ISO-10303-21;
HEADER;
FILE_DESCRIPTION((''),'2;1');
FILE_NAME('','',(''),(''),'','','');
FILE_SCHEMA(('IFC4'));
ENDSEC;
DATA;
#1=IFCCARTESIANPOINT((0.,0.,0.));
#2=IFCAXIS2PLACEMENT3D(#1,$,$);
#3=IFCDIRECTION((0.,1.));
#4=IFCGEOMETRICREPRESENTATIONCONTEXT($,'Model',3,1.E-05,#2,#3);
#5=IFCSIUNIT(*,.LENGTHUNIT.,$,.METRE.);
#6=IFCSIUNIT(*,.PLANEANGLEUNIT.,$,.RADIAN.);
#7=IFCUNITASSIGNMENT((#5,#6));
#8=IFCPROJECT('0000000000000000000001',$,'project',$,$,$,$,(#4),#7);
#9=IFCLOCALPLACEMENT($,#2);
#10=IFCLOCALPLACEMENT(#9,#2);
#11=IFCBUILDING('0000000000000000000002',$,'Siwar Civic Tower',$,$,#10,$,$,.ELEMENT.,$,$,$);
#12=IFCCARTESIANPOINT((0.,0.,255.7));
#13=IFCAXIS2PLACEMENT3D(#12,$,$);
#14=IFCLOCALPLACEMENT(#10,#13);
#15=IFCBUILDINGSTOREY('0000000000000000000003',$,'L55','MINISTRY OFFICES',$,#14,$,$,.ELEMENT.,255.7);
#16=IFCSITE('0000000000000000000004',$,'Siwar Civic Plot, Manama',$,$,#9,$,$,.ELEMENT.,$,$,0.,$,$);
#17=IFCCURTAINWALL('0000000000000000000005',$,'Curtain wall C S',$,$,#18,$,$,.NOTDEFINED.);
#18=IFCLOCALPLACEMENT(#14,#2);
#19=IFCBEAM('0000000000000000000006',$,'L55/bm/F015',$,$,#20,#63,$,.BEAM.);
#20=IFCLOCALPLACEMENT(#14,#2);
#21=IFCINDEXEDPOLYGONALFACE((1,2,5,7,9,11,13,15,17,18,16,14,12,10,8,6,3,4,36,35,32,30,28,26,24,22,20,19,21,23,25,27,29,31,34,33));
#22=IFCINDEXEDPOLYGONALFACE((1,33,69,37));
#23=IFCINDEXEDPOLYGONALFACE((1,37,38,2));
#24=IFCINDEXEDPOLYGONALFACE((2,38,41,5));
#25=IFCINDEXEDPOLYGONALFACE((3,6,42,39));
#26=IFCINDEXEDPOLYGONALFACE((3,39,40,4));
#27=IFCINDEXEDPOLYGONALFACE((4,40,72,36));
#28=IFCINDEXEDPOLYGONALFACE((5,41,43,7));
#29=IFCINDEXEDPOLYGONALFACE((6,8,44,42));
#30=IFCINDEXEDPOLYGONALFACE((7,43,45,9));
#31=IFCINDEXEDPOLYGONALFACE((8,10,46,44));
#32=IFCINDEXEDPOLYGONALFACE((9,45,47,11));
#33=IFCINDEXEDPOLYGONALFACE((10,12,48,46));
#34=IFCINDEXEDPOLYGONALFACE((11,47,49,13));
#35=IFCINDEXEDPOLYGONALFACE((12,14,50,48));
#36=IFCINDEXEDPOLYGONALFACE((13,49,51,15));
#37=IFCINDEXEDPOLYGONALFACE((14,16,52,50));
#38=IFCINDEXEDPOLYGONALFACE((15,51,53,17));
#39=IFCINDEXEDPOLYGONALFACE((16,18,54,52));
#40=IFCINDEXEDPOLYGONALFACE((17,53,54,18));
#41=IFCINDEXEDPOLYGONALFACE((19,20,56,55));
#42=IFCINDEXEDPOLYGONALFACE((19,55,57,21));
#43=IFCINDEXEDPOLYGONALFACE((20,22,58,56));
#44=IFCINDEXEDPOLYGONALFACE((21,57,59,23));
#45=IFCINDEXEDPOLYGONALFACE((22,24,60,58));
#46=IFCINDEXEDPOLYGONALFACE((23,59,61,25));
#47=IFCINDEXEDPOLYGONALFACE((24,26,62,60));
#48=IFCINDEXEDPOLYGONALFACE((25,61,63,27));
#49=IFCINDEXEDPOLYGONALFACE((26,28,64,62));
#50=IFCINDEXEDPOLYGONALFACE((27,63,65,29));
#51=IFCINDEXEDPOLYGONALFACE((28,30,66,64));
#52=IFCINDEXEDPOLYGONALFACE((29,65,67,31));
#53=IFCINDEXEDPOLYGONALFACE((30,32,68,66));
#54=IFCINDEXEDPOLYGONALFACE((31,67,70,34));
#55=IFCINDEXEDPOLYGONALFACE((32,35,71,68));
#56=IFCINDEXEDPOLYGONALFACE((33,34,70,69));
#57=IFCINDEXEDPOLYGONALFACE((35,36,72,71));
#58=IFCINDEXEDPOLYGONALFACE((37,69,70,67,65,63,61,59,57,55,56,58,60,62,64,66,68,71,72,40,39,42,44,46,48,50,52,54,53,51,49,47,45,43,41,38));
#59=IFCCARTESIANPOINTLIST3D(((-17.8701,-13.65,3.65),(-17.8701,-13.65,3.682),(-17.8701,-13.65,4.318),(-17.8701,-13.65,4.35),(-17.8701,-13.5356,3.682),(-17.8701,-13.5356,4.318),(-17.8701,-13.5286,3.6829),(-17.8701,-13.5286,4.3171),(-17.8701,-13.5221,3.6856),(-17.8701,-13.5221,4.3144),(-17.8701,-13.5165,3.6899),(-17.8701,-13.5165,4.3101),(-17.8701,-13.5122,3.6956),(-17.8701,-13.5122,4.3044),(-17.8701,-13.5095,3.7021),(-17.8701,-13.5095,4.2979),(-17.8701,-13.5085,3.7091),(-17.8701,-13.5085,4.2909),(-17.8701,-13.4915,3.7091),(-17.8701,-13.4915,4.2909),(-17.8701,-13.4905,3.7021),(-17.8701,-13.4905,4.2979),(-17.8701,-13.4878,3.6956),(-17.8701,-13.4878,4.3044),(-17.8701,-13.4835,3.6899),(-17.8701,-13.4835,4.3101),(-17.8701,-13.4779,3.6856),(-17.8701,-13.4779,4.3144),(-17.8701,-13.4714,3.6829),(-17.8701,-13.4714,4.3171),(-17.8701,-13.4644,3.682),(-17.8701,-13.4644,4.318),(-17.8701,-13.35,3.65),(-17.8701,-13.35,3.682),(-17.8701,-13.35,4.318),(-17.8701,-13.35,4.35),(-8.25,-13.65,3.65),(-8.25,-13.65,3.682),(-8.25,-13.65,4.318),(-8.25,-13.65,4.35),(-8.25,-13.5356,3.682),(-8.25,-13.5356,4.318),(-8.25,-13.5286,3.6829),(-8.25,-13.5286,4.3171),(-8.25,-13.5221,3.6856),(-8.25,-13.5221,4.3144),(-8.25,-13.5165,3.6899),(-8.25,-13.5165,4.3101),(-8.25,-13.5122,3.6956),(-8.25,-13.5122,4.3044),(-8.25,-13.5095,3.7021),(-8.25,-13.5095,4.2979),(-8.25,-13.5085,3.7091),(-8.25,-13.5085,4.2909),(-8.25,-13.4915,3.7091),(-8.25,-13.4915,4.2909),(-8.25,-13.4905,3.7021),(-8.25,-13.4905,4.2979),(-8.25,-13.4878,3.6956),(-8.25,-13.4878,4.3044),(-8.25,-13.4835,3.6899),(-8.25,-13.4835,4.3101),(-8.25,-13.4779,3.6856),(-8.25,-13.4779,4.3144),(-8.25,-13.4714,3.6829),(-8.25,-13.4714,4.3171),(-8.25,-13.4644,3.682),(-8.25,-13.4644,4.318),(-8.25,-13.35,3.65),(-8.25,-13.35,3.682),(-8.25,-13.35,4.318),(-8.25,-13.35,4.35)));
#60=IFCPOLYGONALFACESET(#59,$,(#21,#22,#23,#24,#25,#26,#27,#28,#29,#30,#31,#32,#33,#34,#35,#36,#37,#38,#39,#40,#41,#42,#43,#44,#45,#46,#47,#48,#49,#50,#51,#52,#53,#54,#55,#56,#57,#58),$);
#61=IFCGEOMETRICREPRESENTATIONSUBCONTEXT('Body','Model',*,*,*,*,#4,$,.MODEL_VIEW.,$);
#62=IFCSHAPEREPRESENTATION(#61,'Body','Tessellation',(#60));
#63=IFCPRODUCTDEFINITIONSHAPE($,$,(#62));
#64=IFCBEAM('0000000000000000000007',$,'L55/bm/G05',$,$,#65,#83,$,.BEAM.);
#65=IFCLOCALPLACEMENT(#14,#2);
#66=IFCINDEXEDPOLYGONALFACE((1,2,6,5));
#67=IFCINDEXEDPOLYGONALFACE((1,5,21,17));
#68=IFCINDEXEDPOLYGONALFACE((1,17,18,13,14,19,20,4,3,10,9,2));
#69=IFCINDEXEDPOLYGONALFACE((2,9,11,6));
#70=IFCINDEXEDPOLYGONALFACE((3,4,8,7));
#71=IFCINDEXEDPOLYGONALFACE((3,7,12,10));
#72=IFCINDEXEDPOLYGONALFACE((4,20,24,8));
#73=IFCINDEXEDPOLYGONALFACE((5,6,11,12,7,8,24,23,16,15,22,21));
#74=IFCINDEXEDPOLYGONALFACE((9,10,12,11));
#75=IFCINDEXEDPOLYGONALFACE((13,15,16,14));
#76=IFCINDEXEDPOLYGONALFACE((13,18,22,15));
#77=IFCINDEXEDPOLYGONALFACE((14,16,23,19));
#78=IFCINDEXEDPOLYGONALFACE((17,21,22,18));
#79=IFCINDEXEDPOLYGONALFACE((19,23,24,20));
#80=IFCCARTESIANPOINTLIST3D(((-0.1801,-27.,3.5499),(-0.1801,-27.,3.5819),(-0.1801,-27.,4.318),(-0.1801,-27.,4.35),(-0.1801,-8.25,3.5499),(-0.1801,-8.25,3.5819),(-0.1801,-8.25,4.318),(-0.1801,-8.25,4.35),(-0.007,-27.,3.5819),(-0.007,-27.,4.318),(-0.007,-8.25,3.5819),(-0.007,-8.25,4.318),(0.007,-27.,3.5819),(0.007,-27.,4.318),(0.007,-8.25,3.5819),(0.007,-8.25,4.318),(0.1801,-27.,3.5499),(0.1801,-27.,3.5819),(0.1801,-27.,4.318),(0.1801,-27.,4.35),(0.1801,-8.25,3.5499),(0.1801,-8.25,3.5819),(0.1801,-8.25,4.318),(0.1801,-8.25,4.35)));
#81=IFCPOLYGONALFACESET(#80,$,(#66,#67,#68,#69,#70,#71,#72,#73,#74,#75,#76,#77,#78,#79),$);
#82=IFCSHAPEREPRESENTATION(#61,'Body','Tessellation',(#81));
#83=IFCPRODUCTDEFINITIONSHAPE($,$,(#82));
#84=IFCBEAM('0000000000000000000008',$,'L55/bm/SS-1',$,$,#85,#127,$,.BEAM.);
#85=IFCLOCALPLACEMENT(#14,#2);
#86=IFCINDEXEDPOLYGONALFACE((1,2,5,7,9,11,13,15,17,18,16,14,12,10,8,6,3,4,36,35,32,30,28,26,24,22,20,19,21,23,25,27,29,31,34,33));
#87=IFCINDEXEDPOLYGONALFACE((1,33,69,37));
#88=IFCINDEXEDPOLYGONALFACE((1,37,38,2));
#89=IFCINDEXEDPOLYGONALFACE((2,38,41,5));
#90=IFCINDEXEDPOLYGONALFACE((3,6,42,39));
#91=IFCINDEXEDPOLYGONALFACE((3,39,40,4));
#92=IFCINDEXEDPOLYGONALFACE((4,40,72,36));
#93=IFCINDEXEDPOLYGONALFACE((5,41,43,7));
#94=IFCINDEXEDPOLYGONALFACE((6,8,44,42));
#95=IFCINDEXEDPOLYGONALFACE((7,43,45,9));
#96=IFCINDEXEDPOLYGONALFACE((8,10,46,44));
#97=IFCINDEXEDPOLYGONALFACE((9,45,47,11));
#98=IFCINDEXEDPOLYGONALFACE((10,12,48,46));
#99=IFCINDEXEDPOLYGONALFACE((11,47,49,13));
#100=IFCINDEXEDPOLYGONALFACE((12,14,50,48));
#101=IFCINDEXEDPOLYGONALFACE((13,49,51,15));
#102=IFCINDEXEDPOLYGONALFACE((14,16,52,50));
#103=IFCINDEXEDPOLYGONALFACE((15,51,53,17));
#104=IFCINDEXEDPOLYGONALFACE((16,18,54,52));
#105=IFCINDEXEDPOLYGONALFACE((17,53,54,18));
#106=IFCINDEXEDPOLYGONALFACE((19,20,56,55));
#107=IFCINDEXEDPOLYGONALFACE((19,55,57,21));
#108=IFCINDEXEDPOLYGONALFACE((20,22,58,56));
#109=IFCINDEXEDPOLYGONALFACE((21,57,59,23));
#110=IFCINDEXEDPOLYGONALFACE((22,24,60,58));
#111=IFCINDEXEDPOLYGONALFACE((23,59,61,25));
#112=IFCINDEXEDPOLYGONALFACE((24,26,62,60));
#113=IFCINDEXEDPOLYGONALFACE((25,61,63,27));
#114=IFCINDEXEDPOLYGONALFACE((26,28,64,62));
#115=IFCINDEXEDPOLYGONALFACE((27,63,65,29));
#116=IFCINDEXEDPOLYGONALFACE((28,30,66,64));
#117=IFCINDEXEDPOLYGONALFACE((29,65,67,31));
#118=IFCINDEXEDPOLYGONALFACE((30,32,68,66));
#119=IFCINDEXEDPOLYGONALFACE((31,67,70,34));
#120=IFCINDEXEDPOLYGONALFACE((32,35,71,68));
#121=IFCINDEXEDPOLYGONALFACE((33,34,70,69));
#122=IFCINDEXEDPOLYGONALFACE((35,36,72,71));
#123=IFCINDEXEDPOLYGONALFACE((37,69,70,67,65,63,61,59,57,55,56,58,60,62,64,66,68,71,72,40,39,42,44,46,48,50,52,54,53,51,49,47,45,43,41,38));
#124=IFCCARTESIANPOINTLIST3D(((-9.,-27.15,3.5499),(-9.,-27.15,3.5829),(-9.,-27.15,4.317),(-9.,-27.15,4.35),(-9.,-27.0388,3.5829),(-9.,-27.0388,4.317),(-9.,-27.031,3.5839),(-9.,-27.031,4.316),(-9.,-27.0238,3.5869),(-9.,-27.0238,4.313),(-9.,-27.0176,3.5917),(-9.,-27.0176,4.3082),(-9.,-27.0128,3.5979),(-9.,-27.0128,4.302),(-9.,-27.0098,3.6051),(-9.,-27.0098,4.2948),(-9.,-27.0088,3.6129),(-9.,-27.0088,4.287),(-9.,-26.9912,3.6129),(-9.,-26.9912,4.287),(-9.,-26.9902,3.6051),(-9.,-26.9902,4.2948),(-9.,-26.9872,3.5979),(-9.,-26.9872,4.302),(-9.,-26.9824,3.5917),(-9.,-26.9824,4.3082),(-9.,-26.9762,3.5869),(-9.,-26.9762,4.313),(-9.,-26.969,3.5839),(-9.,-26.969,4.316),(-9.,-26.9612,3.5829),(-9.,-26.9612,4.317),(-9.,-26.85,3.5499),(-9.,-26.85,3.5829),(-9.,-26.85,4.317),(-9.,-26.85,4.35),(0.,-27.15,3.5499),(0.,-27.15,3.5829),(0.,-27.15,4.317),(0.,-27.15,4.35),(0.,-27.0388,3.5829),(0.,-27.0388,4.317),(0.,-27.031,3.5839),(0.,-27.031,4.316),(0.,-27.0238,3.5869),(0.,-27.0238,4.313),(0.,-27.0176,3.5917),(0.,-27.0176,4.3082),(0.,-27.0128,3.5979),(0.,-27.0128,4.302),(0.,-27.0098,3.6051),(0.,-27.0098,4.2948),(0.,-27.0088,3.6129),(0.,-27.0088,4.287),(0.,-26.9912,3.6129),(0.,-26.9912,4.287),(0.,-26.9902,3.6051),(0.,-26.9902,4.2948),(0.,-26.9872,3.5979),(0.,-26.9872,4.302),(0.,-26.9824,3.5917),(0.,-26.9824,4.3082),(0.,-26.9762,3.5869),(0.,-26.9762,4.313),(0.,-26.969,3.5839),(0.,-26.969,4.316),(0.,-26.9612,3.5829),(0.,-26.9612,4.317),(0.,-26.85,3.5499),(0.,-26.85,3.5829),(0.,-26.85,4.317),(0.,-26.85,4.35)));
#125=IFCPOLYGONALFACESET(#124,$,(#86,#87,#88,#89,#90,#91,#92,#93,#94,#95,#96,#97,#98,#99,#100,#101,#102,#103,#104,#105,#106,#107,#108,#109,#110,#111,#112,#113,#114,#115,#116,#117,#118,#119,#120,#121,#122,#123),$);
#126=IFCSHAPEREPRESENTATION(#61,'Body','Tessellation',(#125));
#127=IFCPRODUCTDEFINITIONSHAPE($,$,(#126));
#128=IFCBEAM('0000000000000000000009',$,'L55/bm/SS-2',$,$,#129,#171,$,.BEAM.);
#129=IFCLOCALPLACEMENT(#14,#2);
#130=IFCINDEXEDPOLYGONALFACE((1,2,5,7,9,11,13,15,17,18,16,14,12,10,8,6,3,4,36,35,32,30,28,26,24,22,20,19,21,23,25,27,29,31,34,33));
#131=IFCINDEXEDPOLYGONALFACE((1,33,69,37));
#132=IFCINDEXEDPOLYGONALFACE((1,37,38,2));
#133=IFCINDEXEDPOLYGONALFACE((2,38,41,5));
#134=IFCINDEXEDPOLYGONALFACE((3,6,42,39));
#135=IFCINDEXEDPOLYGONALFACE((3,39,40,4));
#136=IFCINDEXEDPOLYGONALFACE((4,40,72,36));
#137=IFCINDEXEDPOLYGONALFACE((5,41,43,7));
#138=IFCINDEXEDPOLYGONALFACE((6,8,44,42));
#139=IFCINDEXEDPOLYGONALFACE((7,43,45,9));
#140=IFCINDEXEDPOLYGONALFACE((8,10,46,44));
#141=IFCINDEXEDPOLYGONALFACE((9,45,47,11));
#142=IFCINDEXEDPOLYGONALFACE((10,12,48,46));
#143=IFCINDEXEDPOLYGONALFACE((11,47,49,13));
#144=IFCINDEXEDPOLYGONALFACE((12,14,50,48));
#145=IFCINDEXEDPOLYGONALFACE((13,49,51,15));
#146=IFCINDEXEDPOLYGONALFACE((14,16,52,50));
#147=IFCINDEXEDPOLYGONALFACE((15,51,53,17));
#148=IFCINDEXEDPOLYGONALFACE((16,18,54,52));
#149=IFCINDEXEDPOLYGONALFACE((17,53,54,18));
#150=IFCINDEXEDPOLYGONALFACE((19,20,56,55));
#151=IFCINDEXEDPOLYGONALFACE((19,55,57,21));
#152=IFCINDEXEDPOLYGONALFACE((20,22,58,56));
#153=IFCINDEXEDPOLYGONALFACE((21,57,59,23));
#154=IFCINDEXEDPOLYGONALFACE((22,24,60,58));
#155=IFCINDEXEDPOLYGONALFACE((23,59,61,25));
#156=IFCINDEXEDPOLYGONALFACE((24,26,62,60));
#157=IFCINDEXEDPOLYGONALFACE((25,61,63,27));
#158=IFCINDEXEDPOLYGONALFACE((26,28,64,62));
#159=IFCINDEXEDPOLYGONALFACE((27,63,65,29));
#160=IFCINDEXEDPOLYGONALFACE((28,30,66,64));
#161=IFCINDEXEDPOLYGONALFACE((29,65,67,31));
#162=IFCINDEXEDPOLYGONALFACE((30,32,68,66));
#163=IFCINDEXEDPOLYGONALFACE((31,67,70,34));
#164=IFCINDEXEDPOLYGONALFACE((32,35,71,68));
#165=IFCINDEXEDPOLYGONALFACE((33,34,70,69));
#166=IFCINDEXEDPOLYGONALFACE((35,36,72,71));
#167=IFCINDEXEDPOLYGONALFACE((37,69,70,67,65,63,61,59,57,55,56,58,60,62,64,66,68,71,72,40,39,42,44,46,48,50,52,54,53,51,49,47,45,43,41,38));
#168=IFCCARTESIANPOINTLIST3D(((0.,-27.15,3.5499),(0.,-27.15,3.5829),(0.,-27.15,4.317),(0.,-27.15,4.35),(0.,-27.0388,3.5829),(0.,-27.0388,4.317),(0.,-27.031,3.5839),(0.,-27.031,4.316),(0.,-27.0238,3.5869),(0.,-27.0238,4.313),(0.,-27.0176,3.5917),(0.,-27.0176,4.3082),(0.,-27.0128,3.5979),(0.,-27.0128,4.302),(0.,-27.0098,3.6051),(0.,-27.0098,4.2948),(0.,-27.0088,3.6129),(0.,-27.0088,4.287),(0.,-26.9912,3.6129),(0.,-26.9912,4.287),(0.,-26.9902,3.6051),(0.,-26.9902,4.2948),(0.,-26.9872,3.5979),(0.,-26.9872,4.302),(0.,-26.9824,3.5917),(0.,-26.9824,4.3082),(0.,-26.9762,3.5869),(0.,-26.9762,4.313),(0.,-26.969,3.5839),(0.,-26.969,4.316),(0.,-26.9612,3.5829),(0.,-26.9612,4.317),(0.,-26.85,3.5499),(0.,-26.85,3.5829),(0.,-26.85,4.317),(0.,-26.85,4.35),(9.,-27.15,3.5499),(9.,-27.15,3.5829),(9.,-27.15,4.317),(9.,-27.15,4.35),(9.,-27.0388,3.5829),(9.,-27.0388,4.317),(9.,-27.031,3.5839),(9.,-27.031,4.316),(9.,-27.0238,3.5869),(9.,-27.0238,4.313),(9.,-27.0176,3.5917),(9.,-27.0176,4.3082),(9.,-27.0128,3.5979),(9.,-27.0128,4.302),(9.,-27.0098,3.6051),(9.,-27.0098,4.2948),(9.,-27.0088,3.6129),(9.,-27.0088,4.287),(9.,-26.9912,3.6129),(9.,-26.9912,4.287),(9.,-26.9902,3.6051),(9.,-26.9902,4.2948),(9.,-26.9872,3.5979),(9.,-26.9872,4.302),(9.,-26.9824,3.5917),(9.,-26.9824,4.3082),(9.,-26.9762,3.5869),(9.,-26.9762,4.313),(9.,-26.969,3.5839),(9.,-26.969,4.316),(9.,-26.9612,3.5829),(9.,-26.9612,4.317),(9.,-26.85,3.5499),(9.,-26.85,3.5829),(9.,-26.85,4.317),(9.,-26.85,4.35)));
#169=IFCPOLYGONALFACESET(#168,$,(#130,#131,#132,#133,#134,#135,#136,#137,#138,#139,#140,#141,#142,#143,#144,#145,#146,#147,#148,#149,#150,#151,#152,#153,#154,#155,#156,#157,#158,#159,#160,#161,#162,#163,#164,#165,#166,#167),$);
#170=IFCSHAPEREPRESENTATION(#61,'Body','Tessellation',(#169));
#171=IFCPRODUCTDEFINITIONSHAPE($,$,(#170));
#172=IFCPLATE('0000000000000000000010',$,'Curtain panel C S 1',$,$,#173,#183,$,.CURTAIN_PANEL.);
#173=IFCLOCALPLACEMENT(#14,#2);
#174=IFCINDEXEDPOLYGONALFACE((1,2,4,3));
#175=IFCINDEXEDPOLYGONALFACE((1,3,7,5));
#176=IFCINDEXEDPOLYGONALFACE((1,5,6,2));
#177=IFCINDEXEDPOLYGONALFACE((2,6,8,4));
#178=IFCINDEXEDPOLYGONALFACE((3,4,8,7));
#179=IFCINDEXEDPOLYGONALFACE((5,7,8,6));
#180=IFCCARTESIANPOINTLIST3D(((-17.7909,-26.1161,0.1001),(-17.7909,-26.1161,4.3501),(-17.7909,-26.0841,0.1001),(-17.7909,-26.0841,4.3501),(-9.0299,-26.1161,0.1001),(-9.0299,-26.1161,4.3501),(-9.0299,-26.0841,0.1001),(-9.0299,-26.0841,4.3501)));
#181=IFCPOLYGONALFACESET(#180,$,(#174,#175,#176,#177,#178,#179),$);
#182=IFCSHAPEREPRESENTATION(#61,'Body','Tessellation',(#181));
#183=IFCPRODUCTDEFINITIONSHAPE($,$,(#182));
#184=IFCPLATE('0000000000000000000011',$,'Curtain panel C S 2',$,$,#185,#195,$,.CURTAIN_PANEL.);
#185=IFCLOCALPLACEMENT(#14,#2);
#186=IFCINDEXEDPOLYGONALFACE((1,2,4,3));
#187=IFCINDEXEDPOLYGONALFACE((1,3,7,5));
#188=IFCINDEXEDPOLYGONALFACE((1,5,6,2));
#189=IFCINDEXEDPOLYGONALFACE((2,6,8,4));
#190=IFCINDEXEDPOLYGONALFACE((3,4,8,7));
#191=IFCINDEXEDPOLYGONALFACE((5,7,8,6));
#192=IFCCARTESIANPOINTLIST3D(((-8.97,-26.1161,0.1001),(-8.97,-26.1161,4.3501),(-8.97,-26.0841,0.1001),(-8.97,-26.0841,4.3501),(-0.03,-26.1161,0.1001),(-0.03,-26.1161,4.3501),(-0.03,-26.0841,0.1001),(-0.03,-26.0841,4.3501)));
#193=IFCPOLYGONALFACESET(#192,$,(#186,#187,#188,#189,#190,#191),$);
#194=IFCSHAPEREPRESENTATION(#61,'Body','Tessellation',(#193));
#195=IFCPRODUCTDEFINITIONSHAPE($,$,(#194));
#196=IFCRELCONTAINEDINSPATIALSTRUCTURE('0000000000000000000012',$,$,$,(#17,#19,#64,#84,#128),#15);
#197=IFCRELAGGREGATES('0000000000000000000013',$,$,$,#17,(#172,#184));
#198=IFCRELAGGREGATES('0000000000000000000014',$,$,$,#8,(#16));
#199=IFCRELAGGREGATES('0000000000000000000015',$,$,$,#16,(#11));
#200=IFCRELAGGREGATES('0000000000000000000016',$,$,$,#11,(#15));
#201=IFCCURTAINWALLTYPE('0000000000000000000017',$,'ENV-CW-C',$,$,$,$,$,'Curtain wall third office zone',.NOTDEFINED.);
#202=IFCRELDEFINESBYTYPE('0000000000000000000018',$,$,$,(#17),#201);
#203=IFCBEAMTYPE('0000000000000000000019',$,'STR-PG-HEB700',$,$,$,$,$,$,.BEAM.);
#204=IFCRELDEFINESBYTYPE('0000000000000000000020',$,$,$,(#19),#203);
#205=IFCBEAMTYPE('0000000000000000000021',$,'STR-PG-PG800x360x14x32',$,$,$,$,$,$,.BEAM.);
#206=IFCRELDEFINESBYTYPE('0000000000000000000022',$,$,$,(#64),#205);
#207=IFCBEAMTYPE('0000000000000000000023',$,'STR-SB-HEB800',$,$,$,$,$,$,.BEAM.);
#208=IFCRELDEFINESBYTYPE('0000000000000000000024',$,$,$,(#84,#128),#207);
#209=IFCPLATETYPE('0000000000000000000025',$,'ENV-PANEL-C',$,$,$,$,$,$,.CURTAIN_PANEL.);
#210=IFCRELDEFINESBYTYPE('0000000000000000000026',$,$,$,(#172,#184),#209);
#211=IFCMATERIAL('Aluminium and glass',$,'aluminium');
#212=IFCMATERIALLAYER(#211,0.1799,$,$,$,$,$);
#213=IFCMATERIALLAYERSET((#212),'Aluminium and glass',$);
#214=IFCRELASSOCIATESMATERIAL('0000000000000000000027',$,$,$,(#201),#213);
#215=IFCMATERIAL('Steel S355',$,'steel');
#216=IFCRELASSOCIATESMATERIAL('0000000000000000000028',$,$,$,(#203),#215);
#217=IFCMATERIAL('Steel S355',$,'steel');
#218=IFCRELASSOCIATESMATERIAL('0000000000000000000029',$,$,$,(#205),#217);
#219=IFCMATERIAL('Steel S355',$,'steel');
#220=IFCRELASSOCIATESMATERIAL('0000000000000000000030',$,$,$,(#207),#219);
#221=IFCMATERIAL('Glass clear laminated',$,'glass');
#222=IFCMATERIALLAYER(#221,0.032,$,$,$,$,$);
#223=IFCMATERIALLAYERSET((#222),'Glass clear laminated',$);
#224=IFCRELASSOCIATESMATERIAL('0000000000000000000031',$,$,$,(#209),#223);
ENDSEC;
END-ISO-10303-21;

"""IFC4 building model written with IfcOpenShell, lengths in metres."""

from ifc_helpers import new_model, si_unit, direction, frame, origin, origin_2d, place, context, subcontext, project, spatial, rectangle, i_section, extrude, material, layer, layer_set, material_profile, profile_set, type_object, element, aggregate, save


model = new_model("IFC4")

# Units and contexts
model_context = context("Model", 3, precision=1e-05, world=origin(), true_north=direction((0.0, 1.0)))
body_context = subcontext(model_context, "Body", "Model", "MODEL_VIEW")
ifc_project = project(units=[si_unit("LENGTHUNIT", "METRE"), si_unit("PLANEANGLEUNIT", "RADIAN")], contexts=[model_context])

# Site, building, storey
site_placement = place(None, origin())
site = spatial("IfcSite", under=ifc_project, at=site_placement, Name="Siwar Civic Plot, Manama", CompositionType="ELEMENT", RefElevation=0.0)
building_placement = place(site_placement, origin())
building = spatial("IfcBuilding", under=site, at=building_placement, Name="Siwar Civic Tower", CompositionType="ELEMENT")
storey_placement = place(building_placement, frame((0.0, 0.0, 255.7)))
storey = spatial("IfcBuildingStorey", under=building, at=storey_placement, Name="L55", Description="MINISTRY OFFICES", CompositionType="ELEMENT", Elevation=255.7)

# Curtain wall
ifc_material_1 = material(Name="Aluminium and glass", Category="aluminium")
ifc_layer_1 = layer(ifc_material_1, 0.1799)
ifc_layer_set_1 = layer_set([ifc_layer_1], Name="Aluminium and glass")
curtain_wall_type = type_object("IfcCurtainWallType", Name="ENV-CW-C", ElementType="Curtain wall third office zone", PredefinedType="NOTDEFINED", material=ifc_layer_set_1)
curtain_wall_placement = place(storey_placement, origin())
curtain_wall = element("IfcCurtainWall", 1, at=curtain_wall_placement, inside=storey, type_object=curtain_wall_type, Name="Curtain wall C S", PredefinedType="NOTDEFINED")

# Beams
ifc_material_2 = material(Name="Steel S355", Category="steel")
ifc_material_profile_1 = material_profile(ifc_material_2, i_section(OverallWidth=0.3, OverallDepth=0.7, WebThickness=0.0171, FlangeThickness=0.032, FilletRadius=0.0271, at=origin_2d()), Name="HEB700")
ifc_profile_set_1 = profile_set([ifc_material_profile_1], Name="Steel S355")
beam_type_1 = type_object("IfcBeamType", Name="STR-PG-HEB700", PredefinedType="BEAM", material=ifc_profile_set_1)
beam_1_placement = place(storey_placement, frame((-17.8701, -13.5, 4.0), z_axis=(1.0, 0.0, 0.0), x_axis=(0.0, 1.0, 0.0)))
element("IfcBeam", 2, at=beam_1_placement, inside=storey, type_object=beam_type_1, Name="L55/bm/F015", PredefinedType="BEAM", context=body_context, shape_type="SweptSolid", body=[
    extrude(i_section(OverallWidth=0.3, OverallDepth=0.7, WebThickness=0.0171, FlangeThickness=0.032, FilletRadius=0.0271, at=origin_2d()), origin(), (0.0, 0.0, 1.0), 9.6201),
])
ifc_material_3 = material(Name="Steel S355", Category="steel")
ifc_material_profile_2 = material_profile(ifc_material_3, i_section(OverallWidth=0.3601, OverallDepth=0.8, WebThickness=0.0139, FlangeThickness=0.032, at=origin_2d()), Name="PG800x360x14x32")
ifc_profile_set_2 = profile_set([ifc_material_profile_2], Name="Steel S355")
beam_type_2 = type_object("IfcBeamType", Name="STR-PG-PG800x360x14x32", PredefinedType="BEAM", material=ifc_profile_set_2)
beam_2_placement = place(storey_placement, frame((0.0, -27.0, 3.95), z_axis=(0.0, 1.0, 0.0), x_axis=(-1.0, 0.0, 0.0)))
element("IfcBeam", 3, at=beam_2_placement, inside=storey, type_object=beam_type_2, Name="L55/bm/G05", PredefinedType="BEAM", context=body_context, shape_type="SweptSolid", body=[
    extrude(i_section(OverallWidth=0.3601, OverallDepth=0.8, WebThickness=0.0139, FlangeThickness=0.032, at=origin_2d()), origin(), (0.0, 0.0, 1.0), 18.75),
])
ifc_material_4 = material(Name="Steel S355", Category="steel")
ifc_material_profile_3 = material_profile(ifc_material_4, i_section(OverallWidth=0.3, OverallDepth=0.8, WebThickness=0.0176, FlangeThickness=0.033, FilletRadius=0.03, at=origin_2d()), Name="HEB800")
ifc_profile_set_3 = profile_set([ifc_material_profile_3], Name="Steel S355")
beam_type_3 = type_object("IfcBeamType", Name="STR-SB-HEB800", PredefinedType="BEAM", material=ifc_profile_set_3)
for number, where, z_axis, x_axis, name in (
    (4, (-9.0, -27.0, 3.95), (1.0, 0.0, 0.0), (0.0, 1.0, 0.0), "L55/bm/SS-1"),
    (5, (0.0, -27.0, 3.95), (1.0, 0.0, 0.0), (0.0, 1.0, 0.0), "L55/bm/SS-2"),
):
    element("IfcBeam", number, at=place(storey_placement, frame(where, z_axis=z_axis, x_axis=x_axis)), inside=storey, type_object=beam_type_3, Name=name, PredefinedType="BEAM", context=body_context, shape_type="SweptSolid", body=[
        extrude(i_section(OverallWidth=0.3, OverallDepth=0.8, WebThickness=0.0176, FlangeThickness=0.033, FilletRadius=0.03, at=origin_2d()), origin(), (0.0, 0.0, 1.0), 9.0),
    ])

# Plates
ifc_material_5 = material(Name="Glass clear laminated", Category="glass")
ifc_layer_2 = layer(ifc_material_5, 0.032)
ifc_layer_set_2 = layer_set([ifc_layer_2], Name="Glass clear laminated")
plate_type = type_object("IfcPlateType", Name="ENV-PANEL-C", PredefinedType="CURTAIN_PANEL", material=ifc_layer_set_2)
plate_1_placement = place(storey_placement, frame((-13.4104, -26.1001, 0.1001), z_axis=(0.0, 0.0, 1.0), x_axis=(1.0, 0.0, 0.0)))
plate_1 = element("IfcPlate", 6, at=plate_1_placement, type_object=plate_type, Name="Curtain panel C S 1", PredefinedType="CURTAIN_PANEL", context=body_context, shape_type="SweptSolid", body=[
    extrude(rectangle(XDim=8.761, YDim=0.032, at=origin_2d()), origin(), (0.0, 0.0, 1.0), 4.25),
])
plate_2_placement = place(storey_placement, frame((-4.5, -26.1001, 0.1001), z_axis=(0.0, 0.0, 1.0), x_axis=(1.0, 0.0, 0.0)))
plate_2 = element("IfcPlate", 7, at=plate_2_placement, type_object=plate_type, Name="Curtain panel C S 2", PredefinedType="CURTAIN_PANEL", context=body_context, shape_type="SweptSolid", body=[
    extrude(rectangle(XDim=8.9399, YDim=0.032, at=origin_2d()), origin(), (0.0, 0.0, 1.0), 4.25),
])
aggregate(curtain_wall, [plate_1, plate_2])

save(model, "model.ifc")
